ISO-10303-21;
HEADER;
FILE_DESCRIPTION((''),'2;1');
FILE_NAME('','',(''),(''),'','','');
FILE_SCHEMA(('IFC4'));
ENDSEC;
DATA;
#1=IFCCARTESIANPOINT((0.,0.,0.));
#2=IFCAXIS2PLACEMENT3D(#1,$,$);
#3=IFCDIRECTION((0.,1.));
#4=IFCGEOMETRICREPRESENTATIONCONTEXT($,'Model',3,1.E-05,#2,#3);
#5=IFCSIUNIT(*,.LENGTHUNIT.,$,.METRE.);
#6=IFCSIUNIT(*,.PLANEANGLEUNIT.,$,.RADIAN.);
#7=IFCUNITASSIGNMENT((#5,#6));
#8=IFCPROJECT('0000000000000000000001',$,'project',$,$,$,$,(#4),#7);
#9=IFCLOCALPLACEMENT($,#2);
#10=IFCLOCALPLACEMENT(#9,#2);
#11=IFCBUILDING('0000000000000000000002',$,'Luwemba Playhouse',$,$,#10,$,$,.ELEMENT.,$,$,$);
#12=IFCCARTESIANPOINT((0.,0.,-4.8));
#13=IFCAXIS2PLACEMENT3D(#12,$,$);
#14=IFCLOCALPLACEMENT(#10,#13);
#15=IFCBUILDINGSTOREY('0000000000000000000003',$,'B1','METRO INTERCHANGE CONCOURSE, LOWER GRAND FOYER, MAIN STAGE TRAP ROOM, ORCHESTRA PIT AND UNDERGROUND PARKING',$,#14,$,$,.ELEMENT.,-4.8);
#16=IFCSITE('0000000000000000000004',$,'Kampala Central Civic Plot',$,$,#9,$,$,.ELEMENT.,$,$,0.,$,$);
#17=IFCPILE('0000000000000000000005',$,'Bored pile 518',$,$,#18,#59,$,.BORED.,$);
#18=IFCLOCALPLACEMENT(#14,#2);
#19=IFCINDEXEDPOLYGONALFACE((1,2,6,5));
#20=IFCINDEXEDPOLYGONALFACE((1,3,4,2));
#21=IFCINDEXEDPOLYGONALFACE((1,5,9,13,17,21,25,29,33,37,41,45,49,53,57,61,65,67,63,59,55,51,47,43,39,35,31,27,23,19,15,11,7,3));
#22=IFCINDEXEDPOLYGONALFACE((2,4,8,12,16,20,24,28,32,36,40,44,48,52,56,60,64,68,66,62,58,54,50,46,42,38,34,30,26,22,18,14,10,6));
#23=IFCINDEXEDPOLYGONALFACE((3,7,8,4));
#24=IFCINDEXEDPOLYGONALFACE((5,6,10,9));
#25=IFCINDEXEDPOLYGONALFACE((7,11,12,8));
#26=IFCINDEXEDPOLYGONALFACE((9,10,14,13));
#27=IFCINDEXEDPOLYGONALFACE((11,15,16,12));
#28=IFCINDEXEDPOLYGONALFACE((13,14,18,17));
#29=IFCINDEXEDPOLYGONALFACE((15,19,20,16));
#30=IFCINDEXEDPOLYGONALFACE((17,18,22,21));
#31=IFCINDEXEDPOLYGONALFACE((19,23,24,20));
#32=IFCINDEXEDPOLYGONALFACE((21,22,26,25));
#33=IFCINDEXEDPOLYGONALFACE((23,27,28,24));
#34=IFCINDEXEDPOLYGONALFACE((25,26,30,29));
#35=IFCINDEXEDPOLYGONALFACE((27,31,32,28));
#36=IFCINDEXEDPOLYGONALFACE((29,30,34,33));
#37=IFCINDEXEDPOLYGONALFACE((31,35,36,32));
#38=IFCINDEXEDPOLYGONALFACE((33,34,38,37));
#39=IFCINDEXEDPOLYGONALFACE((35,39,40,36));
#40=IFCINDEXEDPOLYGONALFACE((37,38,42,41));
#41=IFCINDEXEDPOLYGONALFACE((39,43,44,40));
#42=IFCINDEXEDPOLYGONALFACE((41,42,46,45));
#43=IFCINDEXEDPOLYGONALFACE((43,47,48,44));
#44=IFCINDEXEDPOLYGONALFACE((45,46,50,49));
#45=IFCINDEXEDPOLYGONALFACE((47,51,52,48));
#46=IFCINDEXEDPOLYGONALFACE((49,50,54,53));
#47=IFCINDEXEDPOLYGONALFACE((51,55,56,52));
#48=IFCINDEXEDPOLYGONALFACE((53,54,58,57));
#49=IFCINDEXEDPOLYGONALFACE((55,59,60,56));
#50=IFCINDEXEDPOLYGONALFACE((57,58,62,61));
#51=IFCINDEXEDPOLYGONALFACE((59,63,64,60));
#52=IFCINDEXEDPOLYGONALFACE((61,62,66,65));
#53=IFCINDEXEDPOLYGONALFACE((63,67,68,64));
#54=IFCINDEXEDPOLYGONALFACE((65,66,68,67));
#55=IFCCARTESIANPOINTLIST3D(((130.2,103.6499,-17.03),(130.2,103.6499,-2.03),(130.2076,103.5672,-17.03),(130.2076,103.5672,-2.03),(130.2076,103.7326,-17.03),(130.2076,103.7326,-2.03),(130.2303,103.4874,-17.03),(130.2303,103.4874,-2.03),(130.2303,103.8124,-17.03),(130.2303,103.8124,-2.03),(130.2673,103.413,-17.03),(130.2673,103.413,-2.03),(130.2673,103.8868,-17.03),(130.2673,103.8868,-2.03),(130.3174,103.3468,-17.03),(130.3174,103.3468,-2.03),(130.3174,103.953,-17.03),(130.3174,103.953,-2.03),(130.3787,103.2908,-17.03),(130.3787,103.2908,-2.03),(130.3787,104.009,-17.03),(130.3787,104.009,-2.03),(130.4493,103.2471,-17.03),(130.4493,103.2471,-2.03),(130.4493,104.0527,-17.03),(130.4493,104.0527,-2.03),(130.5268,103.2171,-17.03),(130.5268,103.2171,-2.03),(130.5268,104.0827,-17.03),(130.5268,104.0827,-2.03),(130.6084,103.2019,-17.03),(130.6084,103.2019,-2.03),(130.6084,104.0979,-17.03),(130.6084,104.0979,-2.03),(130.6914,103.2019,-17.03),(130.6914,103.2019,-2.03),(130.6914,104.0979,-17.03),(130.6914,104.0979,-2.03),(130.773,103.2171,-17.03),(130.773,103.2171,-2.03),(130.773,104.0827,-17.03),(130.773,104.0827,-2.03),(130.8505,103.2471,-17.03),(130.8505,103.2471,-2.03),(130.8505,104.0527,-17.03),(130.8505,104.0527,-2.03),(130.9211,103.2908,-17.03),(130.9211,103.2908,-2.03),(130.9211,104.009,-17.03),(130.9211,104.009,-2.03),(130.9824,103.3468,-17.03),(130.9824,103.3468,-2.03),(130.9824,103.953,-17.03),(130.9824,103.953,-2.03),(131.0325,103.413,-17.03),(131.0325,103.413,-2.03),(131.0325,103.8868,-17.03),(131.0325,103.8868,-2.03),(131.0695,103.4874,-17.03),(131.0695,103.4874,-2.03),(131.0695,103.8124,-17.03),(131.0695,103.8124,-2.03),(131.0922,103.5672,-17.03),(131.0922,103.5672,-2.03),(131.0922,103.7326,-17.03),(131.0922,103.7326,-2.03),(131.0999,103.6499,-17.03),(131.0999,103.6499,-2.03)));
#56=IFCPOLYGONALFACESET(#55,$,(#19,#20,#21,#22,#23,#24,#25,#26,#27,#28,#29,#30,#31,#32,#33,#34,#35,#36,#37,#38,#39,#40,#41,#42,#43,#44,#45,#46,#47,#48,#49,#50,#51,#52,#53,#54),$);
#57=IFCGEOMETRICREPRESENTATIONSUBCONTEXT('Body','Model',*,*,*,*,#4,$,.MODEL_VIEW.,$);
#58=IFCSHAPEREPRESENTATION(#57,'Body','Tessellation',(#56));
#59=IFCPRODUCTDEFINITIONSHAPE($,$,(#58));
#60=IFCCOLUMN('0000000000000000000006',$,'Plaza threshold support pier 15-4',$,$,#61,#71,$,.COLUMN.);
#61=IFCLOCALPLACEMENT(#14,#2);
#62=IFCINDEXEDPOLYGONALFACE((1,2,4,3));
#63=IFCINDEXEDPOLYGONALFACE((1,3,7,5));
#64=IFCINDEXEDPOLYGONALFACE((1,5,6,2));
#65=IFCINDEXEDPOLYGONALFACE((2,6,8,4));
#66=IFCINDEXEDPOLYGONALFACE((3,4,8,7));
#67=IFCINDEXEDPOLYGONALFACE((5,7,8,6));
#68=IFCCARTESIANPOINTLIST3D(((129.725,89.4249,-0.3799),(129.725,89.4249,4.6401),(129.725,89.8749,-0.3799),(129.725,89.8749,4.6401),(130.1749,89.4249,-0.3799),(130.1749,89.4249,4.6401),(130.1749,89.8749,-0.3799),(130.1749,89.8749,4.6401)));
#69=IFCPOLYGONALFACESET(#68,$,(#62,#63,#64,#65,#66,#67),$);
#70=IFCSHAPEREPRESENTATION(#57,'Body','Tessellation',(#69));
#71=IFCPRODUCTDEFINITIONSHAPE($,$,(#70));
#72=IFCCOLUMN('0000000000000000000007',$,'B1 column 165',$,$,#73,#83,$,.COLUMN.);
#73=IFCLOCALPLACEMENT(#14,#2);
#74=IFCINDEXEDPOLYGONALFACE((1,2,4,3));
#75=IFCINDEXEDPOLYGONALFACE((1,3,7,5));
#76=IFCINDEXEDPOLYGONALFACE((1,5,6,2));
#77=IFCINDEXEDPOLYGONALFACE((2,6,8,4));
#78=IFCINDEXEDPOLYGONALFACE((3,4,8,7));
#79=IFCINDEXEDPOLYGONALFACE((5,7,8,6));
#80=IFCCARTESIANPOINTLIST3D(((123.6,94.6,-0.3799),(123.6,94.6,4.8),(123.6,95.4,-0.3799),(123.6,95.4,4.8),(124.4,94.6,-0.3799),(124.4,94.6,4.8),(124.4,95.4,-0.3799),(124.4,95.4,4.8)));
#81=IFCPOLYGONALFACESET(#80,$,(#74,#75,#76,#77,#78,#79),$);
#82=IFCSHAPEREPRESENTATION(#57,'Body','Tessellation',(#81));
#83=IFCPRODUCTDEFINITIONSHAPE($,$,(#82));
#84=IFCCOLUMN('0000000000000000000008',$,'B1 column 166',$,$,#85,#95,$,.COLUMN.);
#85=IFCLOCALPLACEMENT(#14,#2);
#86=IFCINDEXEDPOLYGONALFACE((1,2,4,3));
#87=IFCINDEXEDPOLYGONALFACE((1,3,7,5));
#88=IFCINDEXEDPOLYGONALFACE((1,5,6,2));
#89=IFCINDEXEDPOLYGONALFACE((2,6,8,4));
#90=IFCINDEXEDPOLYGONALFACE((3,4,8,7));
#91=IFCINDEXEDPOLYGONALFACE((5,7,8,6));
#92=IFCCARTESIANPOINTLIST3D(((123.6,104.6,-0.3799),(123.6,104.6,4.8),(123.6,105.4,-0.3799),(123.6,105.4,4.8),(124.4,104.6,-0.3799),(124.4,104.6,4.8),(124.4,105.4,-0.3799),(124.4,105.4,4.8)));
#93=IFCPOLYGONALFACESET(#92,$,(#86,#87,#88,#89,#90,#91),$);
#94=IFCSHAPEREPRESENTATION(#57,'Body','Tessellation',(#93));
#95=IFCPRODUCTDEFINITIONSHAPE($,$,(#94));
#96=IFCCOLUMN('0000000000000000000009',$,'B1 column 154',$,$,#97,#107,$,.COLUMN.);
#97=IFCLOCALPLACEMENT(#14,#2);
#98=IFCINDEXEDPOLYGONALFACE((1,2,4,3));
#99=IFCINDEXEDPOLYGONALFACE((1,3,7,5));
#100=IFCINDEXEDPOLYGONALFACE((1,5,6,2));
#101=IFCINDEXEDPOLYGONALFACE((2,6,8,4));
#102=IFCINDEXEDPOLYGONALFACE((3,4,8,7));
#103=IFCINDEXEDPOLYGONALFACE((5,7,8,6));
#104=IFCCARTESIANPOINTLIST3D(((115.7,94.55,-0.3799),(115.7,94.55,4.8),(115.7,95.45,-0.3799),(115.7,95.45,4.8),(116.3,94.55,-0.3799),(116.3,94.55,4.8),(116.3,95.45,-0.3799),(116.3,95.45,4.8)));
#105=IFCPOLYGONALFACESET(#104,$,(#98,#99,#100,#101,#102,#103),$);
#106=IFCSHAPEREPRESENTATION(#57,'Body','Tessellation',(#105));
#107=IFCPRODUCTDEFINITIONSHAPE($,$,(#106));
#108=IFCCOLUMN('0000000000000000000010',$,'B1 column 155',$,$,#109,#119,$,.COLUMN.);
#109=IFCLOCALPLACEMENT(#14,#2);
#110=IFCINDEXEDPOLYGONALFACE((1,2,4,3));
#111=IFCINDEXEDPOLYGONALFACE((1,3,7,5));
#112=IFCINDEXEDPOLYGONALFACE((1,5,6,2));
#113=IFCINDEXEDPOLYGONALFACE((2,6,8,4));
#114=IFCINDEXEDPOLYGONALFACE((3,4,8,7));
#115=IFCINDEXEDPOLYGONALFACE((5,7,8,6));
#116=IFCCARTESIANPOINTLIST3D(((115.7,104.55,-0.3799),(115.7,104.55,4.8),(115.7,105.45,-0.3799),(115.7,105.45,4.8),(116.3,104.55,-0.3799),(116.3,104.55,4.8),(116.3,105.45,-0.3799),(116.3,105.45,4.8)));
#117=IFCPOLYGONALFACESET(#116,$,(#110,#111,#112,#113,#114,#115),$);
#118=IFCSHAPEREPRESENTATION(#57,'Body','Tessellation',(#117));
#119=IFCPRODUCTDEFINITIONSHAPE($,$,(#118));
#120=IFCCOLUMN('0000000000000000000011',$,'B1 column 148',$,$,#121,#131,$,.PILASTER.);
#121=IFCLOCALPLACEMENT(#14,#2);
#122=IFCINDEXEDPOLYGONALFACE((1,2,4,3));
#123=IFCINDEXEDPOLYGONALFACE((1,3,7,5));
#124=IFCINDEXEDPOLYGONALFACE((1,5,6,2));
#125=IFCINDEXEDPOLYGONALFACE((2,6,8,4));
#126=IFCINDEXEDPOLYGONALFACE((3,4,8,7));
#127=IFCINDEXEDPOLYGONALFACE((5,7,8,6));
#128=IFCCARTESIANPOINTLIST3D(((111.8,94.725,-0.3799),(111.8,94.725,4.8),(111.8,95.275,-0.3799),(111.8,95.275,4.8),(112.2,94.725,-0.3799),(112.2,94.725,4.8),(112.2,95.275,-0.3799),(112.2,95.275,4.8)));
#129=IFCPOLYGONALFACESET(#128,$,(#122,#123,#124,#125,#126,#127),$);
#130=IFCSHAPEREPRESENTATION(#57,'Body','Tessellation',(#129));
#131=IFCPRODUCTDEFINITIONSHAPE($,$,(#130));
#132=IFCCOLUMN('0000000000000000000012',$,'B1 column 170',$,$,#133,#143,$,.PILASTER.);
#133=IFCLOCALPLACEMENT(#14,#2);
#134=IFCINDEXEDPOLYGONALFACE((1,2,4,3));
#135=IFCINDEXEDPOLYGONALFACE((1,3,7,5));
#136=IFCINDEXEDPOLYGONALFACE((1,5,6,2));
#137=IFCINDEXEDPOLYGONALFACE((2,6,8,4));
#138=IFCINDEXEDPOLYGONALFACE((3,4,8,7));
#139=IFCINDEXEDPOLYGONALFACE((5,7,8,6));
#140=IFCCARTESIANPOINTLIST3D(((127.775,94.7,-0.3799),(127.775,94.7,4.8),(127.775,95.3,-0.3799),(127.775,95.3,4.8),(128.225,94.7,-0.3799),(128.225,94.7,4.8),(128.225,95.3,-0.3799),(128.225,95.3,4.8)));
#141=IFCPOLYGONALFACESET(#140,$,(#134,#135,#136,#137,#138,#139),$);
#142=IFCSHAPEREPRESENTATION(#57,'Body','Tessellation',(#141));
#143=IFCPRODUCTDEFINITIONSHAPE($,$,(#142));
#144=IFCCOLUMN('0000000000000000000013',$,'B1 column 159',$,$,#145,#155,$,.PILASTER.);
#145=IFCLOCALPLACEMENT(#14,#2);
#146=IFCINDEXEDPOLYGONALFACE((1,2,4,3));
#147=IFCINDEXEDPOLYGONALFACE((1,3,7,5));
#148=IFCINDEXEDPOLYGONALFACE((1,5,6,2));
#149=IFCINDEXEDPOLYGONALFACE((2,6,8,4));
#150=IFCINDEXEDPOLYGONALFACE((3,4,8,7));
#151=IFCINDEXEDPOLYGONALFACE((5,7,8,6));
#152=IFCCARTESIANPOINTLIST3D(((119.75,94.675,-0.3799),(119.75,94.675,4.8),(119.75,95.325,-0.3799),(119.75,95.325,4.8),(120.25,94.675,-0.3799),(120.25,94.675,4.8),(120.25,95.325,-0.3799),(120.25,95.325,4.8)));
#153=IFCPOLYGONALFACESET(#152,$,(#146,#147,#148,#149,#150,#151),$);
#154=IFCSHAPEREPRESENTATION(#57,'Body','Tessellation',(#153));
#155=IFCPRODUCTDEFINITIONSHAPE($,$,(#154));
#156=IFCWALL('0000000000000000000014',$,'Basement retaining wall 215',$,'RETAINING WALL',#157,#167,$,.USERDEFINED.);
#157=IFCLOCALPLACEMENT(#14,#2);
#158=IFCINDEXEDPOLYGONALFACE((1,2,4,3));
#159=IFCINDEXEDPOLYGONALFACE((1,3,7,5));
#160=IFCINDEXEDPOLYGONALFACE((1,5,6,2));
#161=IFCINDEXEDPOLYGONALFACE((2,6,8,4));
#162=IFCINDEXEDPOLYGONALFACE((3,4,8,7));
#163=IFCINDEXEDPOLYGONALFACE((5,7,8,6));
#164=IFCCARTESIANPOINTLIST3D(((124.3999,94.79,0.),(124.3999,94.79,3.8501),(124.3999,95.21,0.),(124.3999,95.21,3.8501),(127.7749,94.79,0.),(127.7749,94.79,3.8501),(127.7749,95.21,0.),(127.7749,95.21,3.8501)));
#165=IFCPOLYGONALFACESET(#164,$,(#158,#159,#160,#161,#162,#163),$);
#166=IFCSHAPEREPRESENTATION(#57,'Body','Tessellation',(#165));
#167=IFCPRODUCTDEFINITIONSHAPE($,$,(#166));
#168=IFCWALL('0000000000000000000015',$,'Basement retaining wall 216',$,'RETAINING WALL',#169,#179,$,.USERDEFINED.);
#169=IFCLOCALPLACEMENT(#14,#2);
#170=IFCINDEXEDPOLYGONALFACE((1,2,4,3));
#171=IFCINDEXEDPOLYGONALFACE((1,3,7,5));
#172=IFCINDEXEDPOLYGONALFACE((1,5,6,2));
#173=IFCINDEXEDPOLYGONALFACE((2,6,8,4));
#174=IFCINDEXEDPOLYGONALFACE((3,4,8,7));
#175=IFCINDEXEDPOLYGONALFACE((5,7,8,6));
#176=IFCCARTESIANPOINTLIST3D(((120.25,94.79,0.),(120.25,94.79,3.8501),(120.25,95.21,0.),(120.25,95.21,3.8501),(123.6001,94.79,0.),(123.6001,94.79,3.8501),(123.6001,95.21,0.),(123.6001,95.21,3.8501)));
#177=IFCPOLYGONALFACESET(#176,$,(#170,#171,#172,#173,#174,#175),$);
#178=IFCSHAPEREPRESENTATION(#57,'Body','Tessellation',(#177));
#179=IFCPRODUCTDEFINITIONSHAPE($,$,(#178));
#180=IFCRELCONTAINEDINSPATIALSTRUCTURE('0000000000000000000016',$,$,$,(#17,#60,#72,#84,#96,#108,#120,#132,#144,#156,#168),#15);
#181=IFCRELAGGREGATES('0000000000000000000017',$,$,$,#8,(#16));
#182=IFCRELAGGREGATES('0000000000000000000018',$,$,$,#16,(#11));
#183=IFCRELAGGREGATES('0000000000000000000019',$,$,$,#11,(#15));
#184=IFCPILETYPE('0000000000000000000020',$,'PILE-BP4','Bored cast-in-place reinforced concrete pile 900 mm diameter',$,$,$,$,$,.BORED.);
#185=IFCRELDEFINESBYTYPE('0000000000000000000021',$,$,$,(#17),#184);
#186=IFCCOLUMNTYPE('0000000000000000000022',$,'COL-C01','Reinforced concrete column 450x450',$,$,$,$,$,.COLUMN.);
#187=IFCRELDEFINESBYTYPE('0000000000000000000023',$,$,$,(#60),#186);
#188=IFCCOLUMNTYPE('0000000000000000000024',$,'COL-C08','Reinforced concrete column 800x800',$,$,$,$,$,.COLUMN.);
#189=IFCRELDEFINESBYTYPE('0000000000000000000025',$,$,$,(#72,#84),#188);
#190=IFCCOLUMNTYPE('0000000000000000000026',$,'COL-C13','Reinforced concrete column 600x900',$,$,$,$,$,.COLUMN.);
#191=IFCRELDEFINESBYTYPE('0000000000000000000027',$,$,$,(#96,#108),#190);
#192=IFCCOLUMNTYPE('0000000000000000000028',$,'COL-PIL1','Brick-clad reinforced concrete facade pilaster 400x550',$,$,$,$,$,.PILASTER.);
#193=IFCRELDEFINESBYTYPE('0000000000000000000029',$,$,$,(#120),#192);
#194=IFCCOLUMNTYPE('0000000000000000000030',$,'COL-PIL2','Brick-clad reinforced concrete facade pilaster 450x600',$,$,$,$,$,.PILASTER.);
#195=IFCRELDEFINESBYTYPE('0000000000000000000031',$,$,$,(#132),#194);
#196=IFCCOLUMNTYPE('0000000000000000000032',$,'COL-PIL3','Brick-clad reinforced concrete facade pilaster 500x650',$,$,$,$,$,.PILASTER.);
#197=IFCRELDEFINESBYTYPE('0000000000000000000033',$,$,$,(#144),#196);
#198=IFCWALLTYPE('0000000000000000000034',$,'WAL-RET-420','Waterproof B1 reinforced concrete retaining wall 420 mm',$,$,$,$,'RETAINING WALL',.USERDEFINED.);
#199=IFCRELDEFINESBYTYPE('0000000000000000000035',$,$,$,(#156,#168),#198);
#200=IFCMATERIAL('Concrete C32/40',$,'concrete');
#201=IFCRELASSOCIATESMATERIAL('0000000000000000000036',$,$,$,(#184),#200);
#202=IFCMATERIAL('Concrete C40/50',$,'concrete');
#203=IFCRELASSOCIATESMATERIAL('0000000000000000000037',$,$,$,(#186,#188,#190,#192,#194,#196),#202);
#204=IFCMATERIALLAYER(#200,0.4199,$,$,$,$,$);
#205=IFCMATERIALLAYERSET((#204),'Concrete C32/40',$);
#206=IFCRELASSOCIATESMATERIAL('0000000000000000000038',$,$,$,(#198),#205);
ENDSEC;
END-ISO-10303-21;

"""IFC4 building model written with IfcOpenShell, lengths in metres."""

from ifc_helpers import new_model, si_unit, direction, frame, frame_2d, origin, origin_2d, place, context, subcontext, project, spatial, rectangle, circle, extrude, material, layer, layer_set, material_profile, profile_set, type_object, element, save


model = new_model("IFC4")

# Units and contexts
model_context = context("Model", 3, precision=1e-05, world=origin(), true_north=direction((0.0, 1.0)))
body_context = subcontext(model_context, "Body", "Model", "MODEL_VIEW")
ifc_project = project(units=[si_unit("LENGTHUNIT", "METRE"), si_unit("PLANEANGLEUNIT", "RADIAN")], contexts=[model_context])

# Site, building, storey
site_placement = place(None, origin())
site = spatial("IfcSite", under=ifc_project, at=site_placement, Name="Kampala Central Civic Plot", CompositionType="ELEMENT", RefElevation=0.0)
building_placement = place(site_placement, origin())
building = spatial("IfcBuilding", under=site, at=building_placement, Name="Luwemba Playhouse", CompositionType="ELEMENT")
storey_placement = place(building_placement, frame((0.0, 0.0, -4.8)))
storey = spatial("IfcBuildingStorey", under=building, at=storey_placement, Name="B1", Description="METRO INTERCHANGE CONCOURSE, LOWER GRAND FOYER, MAIN STAGE TRAP ROOM, ORCHESTRA PIT AND UNDERGROUND PARKING", CompositionType="ELEMENT", Elevation=-4.8)

# Shared definitions
ifc_material_1 = material(Name="Concrete C32/40", Category="concrete")

# Pile
ifc_material_profile_1 = material_profile(ifc_material_1, circle(Radius=0.45, at=origin_2d()))
ifc_profile_set_1 = profile_set([ifc_material_profile_1], Name="Concrete C32/40")
pile_type_1 = type_object("IfcPileType", Name="PILE-BP4", Description="Bored cast-in-place reinforced concrete pile 900 mm diameter", PredefinedType="BORED", material=ifc_profile_set_1)
for number, where, z_axis, x_axis, name in (
    (1, (130.6499, 103.6499, -2.03), (0.0, 0.0, -1.0), (1.0, 0.0, 0.0), "Bored pile 518"),
):
    element("IfcPile", number, at=place(storey_placement, frame(where, z_axis=z_axis, x_axis=x_axis)), inside=storey, type_object=pile_type_1, Name=name, PredefinedType="BORED", context=body_context, shape_type="SweptSolid", body=[
        extrude(circle(Radius=0.45, at=origin_2d()), origin(), (0.0, 0.0, 1.0), 15.0),
    ])

# Columns
ifc_material_2 = material(Name="Concrete C40/50", Category="concrete")
ifc_material_profile_2 = material_profile(ifc_material_2, rectangle(XDim=0.45, YDim=0.45, at=origin_2d()))
ifc_profile_set_2 = profile_set([ifc_material_profile_2], Name="Concrete C40/50")
column_type_1 = type_object("IfcColumnType", Name="COL-C01", Description="Reinforced concrete column 450x450", PredefinedType="COLUMN", material=ifc_profile_set_2)
column_1_placement = place(storey_placement, frame((129.95, 89.6499, -0.3799), z_axis=(0.0, 0.0, 1.0), x_axis=(1.0, 0.0, 0.0)))
element("IfcColumn", 2, at=column_1_placement, inside=storey, type_object=column_type_1, Name="Plaza threshold support pier 15-4", PredefinedType="COLUMN", context=body_context, shape_type="SweptSolid", body=[
    extrude(rectangle(XDim=0.45, YDim=0.45, at=origin_2d()), origin(), (0.0, 0.0, 1.0), 5.02),
])
ifc_material_profile_3 = material_profile(ifc_material_2, rectangle(XDim=0.8, YDim=0.8, at=origin_2d()))
ifc_profile_set_3 = profile_set([ifc_material_profile_3], Name="Concrete C40/50")
column_type_2 = type_object("IfcColumnType", Name="COL-C08", Description="Reinforced concrete column 800x800", PredefinedType="COLUMN", material=ifc_profile_set_3)
for number, where, z_axis, x_axis, name in (
    (3, (124.0, 95.0, -0.3799), (0.0, 0.0, 1.0), (1.0, 0.0, 0.0), "B1 column 165"),
    (4, (124.0, 105.0, -0.3799), (0.0, 0.0, 1.0), (1.0, 0.0, 0.0), "B1 column 166"),
):
    element("IfcColumn", number, at=place(storey_placement, frame(where, z_axis=z_axis, x_axis=x_axis)), inside=storey, type_object=column_type_2, Name=name, PredefinedType="COLUMN", context=body_context, shape_type="SweptSolid", body=[
        extrude(rectangle(XDim=0.8, YDim=0.8, at=origin_2d()), origin(), (0.0, 0.0, 1.0), 5.1799),
    ])
ifc_material_profile_4 = material_profile(ifc_material_2, rectangle(XDim=0.6001, YDim=0.8999, at=origin_2d()))
ifc_profile_set_4 = profile_set([ifc_material_profile_4], Name="Concrete C40/50")
column_type_3 = type_object("IfcColumnType", Name="COL-C13", Description="Reinforced concrete column 600x900", PredefinedType="COLUMN", material=ifc_profile_set_4)
for number, where, z_axis, x_axis, name in (
    (5, (116.0, 95.0, -0.3799), (0.0, 0.0, 1.0), (1.0, 0.0, 0.0), "B1 column 154"),
    (6, (116.0, 105.0, -0.3799), (0.0, 0.0, 1.0), (1.0, 0.0, 0.0), "B1 column 155"),
):
    element("IfcColumn", number, at=place(storey_placement, frame(where, z_axis=z_axis, x_axis=x_axis)), inside=storey, type_object=column_type_3, Name=name, PredefinedType="COLUMN", context=body_context, shape_type="SweptSolid", body=[
        extrude(rectangle(XDim=0.6001, YDim=0.8999, at=origin_2d()), origin(), (0.0, 0.0, 1.0), 5.1799),
    ])
ifc_material_profile_5 = material_profile(ifc_material_2, rectangle(XDim=0.3999, YDim=0.55, at=origin_2d()))
ifc_profile_set_5 = profile_set([ifc_material_profile_5], Name="Concrete C40/50")
column_type_4 = type_object("IfcColumnType", Name="COL-PIL1", Description="Brick-clad reinforced concrete facade pilaster 400x550", PredefinedType="PILASTER", material=ifc_profile_set_5)
column_2_placement = place(storey_placement, frame((112.0, 95.0, -0.3799), z_axis=(0.0, 0.0, 1.0), x_axis=(1.0, 0.0, 0.0)))
element("IfcColumn", 7, at=column_2_placement, inside=storey, type_object=column_type_4, Name="B1 column 148", PredefinedType="PILASTER", context=body_context, shape_type="SweptSolid", body=[
    extrude(rectangle(XDim=0.3999, YDim=0.55, at=origin_2d()), origin(), (0.0, 0.0, 1.0), 5.1799),
])
ifc_material_profile_6 = material_profile(ifc_material_2, rectangle(XDim=0.45, YDim=0.6001, at=origin_2d()))
ifc_profile_set_6 = profile_set([ifc_material_profile_6], Name="Concrete C40/50")
column_type_5 = type_object("IfcColumnType", Name="COL-PIL2", Description="Brick-clad reinforced concrete facade pilaster 450x600", PredefinedType="PILASTER", material=ifc_profile_set_6)
column_3_placement = place(storey_placement, frame((128.0, 95.0, -0.3799), z_axis=(0.0, 0.0, 1.0), x_axis=(1.0, 0.0, 0.0)))
element("IfcColumn", 8, at=column_3_placement, inside=storey, type_object=column_type_5, Name="B1 column 170", PredefinedType="PILASTER", context=body_context, shape_type="SweptSolid", body=[
    extrude(rectangle(XDim=0.45, YDim=0.6001, at=origin_2d()), origin(), (0.0, 0.0, 1.0), 5.1799),
])
ifc_material_profile_7 = material_profile(ifc_material_2, rectangle(XDim=0.5, YDim=0.6499, at=origin_2d()))
ifc_profile_set_7 = profile_set([ifc_material_profile_7], Name="Concrete C40/50")
column_type_6 = type_object("IfcColumnType", Name="COL-PIL3", Description="Brick-clad reinforced concrete facade pilaster 500x650", PredefinedType="PILASTER", material=ifc_profile_set_7)
column_4_placement = place(storey_placement, frame((120.0, 95.0, -0.3799), z_axis=(0.0, 0.0, 1.0), x_axis=(1.0, 0.0, 0.0)))
element("IfcColumn", 9, at=column_4_placement, inside=storey, type_object=column_type_6, Name="B1 column 159", PredefinedType="PILASTER", context=body_context, shape_type="SweptSolid", body=[
    extrude(rectangle(XDim=0.5, YDim=0.6499, at=origin_2d()), origin(), (0.0, 0.0, 1.0), 5.1799),
])

# Walls
ifc_layer = layer(ifc_material_1, 0.4199)
ifc_layer_set = layer_set([ifc_layer], Name="Concrete C32/40")
wall_type = type_object("IfcWallType", Name="WAL-RET-420", Description="Waterproof B1 reinforced concrete retaining wall 420 mm", ElementType="RETAINING WALL", PredefinedType="USERDEFINED", material=ifc_layer_set)
wall_1_placement = place(storey_placement, frame((127.7749, 95.0, 0.0), z_axis=(0.0, 0.0, 1.0), x_axis=(-1.0, 0.0, 0.0)))
element("IfcWall", 10, at=wall_1_placement, inside=storey, type_object=wall_type, Name="Basement retaining wall 215", ObjectType="RETAINING WALL", PredefinedType="USERDEFINED", context=body_context, shape_type="SweptSolid", body=[
    extrude(rectangle(XDim=3.375, YDim=0.4199, at=frame_2d((1.6875, 0.0))), origin(), (0.0, 0.0, 1.0), 3.8501),
])
wall_2_placement = place(storey_placement, frame((123.6001, 95.0, 0.0), z_axis=(0.0, 0.0, 1.0), x_axis=(-1.0, 0.0, 0.0)))
element("IfcWall", 11, at=wall_2_placement, inside=storey, type_object=wall_type, Name="Basement retaining wall 216", ObjectType="RETAINING WALL", PredefinedType="USERDEFINED", context=body_context, shape_type="SweptSolid", body=[
    extrude(rectangle(XDim=3.3501, YDim=0.4199, at=frame_2d((1.675, 0.0))), origin(), (0.0, 0.0, 1.0), 3.8501),
])

save(model, "model.ifc")
